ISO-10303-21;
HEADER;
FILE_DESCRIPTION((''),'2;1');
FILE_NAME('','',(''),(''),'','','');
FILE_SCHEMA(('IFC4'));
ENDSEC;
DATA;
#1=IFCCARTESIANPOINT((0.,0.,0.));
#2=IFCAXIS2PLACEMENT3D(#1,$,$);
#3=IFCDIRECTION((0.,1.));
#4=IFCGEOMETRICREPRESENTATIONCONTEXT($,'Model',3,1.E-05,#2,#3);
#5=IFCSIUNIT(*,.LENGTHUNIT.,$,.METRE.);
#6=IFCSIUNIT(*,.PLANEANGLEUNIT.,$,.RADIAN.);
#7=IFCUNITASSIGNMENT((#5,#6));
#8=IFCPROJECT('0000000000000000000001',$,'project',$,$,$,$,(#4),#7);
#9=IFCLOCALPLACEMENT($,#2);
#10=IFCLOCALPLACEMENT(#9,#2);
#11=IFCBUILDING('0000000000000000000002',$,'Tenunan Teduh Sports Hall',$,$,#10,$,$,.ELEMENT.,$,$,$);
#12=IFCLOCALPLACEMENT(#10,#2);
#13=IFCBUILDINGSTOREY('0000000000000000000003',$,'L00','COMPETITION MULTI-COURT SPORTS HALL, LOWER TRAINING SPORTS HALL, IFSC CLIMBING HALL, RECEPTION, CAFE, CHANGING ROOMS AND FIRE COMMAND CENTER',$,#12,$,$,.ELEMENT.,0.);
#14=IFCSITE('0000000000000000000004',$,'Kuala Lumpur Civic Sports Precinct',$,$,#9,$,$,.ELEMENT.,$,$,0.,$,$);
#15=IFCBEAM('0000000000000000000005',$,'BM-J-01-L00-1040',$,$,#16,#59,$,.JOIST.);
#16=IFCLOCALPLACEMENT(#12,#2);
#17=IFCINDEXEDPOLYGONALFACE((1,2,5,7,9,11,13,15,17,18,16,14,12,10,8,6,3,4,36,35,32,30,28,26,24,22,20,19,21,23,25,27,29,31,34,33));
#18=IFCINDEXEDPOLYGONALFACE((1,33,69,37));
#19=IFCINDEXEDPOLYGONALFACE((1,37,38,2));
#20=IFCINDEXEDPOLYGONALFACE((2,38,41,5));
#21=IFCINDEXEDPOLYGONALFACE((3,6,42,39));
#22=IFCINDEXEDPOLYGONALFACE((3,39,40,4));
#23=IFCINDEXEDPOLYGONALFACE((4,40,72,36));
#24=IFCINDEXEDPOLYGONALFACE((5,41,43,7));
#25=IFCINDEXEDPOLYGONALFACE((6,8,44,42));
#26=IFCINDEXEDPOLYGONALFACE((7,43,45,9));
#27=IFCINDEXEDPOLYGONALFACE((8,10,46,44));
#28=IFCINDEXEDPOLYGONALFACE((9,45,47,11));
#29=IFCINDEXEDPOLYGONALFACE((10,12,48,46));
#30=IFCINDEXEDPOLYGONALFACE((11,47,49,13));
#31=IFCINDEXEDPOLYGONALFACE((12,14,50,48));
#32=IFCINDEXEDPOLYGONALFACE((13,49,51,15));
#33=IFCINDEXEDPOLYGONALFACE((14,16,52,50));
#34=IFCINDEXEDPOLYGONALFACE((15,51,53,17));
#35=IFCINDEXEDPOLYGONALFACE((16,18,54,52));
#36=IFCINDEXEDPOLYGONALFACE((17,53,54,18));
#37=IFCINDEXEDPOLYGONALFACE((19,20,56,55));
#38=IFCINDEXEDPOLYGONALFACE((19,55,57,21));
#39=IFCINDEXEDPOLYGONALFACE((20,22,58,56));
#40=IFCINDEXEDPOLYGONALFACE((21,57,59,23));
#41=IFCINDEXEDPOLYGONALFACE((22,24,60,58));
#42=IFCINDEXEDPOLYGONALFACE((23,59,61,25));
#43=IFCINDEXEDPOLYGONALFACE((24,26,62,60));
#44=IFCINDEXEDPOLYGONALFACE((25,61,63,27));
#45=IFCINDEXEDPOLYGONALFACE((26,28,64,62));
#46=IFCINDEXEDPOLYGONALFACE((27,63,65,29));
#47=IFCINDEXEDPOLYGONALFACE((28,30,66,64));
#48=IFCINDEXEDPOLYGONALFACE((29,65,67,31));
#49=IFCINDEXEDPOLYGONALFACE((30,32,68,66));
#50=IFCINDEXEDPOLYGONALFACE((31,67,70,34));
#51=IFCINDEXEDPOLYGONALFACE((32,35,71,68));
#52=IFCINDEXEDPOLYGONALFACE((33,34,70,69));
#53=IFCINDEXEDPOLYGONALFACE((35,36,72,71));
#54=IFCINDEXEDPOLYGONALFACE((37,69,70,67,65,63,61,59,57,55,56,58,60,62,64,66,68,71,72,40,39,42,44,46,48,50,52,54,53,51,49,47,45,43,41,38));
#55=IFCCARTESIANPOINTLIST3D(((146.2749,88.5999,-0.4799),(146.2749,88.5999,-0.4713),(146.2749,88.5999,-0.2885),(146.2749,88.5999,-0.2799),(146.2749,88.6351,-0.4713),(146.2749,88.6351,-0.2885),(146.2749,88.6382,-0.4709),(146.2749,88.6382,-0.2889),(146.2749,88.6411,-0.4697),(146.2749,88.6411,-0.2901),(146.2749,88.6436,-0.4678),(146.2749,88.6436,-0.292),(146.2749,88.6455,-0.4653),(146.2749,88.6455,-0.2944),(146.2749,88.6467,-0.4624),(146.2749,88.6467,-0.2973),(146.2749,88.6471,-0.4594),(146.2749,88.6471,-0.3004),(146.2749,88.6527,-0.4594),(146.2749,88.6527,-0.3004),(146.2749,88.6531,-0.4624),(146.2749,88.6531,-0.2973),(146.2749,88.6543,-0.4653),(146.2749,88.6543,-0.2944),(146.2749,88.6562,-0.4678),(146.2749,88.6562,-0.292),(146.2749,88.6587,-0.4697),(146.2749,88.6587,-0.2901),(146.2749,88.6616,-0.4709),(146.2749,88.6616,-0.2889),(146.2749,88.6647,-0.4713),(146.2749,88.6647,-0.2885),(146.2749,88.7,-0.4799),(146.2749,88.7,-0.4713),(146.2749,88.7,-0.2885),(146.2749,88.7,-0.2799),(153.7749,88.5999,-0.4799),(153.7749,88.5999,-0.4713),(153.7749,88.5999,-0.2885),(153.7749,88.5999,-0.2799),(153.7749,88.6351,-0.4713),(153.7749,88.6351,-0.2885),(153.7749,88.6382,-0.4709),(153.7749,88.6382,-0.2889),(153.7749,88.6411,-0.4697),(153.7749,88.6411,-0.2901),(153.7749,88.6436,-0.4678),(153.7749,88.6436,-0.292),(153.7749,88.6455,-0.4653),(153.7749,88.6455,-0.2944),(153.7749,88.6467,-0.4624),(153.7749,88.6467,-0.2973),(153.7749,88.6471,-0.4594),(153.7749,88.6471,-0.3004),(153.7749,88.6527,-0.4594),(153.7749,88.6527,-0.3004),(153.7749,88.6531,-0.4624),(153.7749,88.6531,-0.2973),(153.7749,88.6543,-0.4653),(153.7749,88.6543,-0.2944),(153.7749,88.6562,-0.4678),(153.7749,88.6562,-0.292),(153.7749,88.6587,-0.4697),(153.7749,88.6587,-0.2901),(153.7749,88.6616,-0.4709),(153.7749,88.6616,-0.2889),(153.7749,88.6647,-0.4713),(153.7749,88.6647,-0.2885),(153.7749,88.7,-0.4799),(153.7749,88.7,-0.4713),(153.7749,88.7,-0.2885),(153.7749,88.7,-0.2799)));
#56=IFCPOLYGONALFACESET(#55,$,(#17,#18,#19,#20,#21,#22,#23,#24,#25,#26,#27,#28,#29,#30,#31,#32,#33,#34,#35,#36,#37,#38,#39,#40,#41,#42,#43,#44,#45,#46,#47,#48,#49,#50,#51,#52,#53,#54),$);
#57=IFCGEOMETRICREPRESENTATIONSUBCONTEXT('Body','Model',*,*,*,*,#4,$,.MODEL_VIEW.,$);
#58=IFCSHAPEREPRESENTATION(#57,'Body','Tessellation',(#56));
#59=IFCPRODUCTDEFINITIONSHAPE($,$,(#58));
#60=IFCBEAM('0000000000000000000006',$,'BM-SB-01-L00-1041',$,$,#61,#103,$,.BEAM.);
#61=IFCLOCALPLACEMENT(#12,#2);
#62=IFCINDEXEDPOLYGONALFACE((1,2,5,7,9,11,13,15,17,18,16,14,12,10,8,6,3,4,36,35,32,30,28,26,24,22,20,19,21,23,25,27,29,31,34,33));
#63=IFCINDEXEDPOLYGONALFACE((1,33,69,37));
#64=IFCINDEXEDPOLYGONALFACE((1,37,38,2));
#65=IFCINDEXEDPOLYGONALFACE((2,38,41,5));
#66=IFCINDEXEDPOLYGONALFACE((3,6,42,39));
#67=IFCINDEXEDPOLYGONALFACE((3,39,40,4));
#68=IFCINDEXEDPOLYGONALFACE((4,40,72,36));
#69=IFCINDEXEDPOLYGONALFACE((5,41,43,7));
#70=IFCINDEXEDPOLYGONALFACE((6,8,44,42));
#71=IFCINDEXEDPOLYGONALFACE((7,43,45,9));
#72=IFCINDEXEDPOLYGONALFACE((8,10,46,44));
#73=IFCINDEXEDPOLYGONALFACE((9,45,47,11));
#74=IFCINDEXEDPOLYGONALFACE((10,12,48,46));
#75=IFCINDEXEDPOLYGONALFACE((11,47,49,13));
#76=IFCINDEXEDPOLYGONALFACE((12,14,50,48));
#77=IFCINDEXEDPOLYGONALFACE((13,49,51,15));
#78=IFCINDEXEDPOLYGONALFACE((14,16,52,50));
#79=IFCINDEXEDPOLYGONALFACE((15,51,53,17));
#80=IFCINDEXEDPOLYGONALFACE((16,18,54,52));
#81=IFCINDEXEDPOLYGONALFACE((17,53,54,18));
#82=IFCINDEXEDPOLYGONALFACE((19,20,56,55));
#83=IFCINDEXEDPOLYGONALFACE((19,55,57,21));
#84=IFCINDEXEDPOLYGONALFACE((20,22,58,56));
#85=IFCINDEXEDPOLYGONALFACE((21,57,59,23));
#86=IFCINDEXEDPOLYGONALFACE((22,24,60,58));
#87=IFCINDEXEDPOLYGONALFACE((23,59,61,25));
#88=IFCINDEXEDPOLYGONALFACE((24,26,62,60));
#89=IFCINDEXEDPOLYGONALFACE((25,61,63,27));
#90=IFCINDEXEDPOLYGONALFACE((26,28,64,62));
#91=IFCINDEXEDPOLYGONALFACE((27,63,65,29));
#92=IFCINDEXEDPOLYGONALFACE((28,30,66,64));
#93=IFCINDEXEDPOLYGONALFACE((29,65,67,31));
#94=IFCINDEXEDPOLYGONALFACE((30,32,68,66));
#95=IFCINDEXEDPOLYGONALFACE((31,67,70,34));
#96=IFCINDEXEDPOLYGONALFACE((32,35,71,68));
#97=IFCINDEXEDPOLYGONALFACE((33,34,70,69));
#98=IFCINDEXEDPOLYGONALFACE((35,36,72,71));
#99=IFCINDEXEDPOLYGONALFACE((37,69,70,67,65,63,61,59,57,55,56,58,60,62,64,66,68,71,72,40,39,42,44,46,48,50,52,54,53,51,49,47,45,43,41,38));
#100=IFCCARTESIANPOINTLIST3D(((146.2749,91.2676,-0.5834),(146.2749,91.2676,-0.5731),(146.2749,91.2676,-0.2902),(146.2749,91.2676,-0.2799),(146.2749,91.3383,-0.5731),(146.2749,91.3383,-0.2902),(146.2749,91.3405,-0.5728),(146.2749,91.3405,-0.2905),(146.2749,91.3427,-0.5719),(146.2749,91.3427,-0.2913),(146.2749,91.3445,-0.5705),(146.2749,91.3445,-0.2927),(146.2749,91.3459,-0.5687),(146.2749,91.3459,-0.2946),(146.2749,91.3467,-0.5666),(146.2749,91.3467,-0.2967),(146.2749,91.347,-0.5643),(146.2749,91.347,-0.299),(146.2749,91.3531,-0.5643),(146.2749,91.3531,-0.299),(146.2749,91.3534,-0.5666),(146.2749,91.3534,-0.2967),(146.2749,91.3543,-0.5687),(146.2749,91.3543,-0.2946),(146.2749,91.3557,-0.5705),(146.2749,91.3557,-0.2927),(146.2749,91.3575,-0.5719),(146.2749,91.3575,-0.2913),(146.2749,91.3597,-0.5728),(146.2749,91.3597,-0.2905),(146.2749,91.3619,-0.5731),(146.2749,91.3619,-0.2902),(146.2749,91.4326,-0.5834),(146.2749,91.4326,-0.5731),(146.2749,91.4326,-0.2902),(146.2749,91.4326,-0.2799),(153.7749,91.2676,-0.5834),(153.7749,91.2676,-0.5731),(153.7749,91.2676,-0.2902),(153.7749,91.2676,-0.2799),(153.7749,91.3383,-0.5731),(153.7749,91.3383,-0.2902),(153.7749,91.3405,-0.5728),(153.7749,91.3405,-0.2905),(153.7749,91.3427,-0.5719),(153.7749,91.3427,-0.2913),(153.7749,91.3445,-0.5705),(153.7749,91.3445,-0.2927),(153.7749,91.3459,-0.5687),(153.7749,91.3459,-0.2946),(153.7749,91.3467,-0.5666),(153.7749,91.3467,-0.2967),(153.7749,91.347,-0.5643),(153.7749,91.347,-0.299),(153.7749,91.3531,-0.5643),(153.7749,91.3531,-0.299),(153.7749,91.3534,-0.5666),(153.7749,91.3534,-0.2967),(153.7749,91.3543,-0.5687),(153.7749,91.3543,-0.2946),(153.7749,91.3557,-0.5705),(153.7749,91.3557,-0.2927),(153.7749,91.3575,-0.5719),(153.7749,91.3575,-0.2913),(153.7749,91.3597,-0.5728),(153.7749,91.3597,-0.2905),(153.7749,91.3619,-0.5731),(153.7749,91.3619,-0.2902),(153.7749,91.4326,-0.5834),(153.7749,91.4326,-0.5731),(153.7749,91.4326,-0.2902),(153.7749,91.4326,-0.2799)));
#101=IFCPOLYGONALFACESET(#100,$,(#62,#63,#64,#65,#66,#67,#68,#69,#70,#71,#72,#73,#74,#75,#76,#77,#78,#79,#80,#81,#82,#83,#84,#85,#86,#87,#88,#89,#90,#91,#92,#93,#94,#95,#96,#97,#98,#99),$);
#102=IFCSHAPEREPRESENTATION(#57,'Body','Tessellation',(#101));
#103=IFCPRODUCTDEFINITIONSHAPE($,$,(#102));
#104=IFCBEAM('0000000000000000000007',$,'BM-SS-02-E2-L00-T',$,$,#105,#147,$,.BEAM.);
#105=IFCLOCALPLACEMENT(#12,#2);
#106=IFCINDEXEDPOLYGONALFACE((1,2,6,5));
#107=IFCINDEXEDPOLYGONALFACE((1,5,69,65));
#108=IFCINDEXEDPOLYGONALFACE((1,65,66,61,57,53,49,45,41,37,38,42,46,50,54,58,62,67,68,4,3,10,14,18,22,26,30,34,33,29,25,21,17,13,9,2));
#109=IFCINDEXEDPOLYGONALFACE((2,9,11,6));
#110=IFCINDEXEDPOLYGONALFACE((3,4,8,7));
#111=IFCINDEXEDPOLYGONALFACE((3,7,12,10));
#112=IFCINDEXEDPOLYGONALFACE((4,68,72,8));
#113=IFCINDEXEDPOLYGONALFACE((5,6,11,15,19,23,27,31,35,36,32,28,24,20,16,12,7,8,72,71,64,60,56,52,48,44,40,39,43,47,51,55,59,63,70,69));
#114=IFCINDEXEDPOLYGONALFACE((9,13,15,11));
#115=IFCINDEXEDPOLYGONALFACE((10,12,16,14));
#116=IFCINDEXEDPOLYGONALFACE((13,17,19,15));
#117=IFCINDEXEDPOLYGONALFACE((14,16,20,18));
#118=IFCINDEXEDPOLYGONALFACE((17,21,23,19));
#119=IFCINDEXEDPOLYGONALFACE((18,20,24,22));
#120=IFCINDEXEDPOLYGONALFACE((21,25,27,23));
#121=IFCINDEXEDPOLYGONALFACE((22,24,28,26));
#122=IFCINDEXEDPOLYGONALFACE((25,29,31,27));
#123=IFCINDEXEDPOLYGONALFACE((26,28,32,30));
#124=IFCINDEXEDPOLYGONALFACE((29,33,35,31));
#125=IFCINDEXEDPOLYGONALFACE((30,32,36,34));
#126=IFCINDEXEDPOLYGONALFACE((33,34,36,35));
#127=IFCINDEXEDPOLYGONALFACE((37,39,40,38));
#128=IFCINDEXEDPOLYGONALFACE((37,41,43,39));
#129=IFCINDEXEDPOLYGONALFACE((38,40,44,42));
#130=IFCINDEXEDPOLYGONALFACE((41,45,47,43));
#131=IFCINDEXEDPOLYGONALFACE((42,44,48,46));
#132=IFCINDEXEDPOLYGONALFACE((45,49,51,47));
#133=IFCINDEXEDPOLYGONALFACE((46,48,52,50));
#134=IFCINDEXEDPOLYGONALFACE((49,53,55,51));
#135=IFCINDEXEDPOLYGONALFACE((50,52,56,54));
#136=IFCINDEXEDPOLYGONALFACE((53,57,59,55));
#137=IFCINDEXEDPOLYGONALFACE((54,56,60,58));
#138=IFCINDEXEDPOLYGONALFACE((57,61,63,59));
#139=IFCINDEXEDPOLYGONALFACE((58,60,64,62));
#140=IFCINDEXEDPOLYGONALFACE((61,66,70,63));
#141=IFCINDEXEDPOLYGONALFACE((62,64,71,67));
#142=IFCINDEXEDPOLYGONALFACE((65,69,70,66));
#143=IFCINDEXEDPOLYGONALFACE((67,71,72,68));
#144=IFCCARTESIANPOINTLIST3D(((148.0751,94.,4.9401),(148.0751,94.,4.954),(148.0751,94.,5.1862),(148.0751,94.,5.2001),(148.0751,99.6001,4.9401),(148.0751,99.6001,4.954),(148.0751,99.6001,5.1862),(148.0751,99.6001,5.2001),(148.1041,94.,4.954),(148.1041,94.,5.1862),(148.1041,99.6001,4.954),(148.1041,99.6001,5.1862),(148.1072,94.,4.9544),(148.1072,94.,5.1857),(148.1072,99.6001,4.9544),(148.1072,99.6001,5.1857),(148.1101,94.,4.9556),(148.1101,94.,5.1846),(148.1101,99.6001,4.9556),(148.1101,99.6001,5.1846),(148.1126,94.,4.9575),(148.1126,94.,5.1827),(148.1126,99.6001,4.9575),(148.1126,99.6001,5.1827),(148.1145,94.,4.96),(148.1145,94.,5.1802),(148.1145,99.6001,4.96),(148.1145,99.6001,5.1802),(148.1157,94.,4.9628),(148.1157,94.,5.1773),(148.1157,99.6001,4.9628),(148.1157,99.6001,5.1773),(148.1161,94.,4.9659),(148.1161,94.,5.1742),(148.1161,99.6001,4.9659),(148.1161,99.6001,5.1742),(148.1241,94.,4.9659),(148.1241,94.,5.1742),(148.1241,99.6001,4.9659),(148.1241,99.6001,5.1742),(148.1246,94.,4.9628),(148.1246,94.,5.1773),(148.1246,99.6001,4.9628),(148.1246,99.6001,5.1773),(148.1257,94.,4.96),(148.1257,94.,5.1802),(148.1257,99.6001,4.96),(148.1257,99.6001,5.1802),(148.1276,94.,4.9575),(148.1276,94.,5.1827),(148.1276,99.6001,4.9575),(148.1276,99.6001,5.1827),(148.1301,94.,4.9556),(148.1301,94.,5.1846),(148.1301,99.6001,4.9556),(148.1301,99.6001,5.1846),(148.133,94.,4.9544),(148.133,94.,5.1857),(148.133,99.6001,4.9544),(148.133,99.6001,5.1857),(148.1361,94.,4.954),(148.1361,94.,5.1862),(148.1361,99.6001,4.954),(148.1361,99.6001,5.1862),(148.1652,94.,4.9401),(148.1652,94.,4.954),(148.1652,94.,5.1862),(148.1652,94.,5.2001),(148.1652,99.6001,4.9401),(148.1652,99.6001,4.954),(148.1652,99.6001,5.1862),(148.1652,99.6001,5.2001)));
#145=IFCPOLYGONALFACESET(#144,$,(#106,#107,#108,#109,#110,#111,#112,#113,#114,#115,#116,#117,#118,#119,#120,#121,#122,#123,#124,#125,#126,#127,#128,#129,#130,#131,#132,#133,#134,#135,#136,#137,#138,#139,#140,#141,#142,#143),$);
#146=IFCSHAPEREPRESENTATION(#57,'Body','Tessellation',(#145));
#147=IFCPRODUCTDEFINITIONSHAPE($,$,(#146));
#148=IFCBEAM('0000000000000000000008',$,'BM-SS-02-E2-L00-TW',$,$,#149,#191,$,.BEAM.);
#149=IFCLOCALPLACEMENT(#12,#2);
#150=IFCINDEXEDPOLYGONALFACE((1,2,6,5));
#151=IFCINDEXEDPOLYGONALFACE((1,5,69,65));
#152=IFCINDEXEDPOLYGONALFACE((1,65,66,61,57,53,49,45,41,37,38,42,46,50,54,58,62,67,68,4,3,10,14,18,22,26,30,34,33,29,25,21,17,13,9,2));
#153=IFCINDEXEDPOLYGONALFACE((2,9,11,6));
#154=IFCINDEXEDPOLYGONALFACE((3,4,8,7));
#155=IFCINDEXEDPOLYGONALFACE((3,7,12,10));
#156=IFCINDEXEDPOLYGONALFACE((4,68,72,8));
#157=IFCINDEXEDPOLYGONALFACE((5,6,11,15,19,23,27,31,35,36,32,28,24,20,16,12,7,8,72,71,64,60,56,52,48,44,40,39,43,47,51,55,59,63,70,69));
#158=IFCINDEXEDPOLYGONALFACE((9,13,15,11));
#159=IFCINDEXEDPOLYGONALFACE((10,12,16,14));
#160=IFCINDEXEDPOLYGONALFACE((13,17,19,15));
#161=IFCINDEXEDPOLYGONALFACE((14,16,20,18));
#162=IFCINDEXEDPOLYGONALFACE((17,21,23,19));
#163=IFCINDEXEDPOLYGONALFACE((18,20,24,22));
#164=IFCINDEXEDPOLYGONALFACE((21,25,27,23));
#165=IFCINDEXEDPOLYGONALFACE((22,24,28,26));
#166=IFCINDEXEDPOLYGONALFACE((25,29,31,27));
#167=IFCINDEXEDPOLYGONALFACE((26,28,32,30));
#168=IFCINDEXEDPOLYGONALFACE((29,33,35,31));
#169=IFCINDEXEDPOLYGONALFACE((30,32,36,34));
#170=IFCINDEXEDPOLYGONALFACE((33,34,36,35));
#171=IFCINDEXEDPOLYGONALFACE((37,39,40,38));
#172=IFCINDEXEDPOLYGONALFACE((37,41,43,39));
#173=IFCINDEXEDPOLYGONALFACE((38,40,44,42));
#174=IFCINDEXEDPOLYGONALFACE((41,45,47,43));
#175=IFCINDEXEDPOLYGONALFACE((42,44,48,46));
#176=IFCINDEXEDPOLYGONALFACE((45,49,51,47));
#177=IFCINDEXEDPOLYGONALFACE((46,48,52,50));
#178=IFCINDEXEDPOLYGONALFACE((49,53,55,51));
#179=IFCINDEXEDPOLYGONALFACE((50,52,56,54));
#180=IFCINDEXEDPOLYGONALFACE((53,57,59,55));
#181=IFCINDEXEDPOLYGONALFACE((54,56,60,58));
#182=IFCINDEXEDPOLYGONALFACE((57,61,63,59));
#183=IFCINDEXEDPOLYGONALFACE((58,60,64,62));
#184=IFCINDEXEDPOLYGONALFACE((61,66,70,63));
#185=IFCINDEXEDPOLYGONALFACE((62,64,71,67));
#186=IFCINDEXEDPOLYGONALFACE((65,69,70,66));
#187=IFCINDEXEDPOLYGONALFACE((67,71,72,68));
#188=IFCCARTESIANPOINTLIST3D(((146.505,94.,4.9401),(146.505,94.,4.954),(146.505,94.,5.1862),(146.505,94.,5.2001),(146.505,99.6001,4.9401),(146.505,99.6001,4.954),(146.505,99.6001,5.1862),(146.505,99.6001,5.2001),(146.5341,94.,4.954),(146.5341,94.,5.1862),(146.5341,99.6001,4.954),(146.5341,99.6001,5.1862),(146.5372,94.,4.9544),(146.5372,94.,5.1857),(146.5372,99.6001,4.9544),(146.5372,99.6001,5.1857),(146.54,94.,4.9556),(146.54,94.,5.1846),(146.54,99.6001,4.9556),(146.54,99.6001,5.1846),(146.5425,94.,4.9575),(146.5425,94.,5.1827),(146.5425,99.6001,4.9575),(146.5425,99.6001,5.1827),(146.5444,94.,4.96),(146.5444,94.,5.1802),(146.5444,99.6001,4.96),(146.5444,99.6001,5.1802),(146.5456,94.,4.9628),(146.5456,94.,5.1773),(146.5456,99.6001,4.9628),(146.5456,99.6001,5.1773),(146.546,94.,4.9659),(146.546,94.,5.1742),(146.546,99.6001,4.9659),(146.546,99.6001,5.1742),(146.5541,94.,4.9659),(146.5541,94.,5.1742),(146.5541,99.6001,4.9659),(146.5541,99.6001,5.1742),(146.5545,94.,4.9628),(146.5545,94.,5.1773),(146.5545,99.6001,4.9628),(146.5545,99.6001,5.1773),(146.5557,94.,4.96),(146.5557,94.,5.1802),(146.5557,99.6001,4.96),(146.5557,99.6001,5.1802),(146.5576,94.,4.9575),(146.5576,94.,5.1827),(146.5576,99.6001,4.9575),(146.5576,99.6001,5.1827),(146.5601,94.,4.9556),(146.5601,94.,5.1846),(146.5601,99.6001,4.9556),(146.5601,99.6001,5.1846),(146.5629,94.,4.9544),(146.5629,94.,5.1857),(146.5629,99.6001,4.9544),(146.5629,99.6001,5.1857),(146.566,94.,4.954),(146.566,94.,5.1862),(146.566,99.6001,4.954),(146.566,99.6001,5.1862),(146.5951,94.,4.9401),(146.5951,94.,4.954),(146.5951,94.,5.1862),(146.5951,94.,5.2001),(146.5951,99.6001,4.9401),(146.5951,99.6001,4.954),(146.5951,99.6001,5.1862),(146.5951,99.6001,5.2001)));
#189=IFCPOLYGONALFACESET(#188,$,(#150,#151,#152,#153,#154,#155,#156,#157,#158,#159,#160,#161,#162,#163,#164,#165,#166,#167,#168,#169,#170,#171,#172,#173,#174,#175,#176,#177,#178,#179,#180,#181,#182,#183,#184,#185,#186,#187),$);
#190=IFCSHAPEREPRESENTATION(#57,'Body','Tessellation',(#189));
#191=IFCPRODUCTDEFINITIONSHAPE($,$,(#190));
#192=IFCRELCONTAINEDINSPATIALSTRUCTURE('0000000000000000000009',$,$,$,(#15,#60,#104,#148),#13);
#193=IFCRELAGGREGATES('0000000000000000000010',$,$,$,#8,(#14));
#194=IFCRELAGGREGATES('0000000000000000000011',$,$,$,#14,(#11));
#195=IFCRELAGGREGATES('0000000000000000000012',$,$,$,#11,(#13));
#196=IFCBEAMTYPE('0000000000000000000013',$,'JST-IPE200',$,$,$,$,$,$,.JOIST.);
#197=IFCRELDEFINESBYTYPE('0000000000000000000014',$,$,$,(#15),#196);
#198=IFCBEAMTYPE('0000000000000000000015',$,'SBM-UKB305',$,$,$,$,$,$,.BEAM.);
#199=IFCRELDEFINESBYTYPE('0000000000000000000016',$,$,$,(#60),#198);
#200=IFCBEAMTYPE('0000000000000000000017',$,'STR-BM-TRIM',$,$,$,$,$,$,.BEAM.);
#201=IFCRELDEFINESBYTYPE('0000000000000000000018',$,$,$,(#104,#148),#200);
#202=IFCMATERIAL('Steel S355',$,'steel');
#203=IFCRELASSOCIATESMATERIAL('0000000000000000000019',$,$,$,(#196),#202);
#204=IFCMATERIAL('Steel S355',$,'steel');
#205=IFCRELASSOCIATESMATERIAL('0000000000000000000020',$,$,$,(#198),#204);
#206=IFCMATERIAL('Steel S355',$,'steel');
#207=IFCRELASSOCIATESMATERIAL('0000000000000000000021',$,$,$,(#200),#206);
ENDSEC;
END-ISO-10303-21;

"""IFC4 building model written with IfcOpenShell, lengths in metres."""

from ifc_helpers import new_model, si_unit, direction, frame, origin, origin_2d, place, context, subcontext, project, spatial, i_section, extrude, material, material_profile, profile_set, type_object, element, save


model = new_model("IFC4")

# Units and contexts
model_context = context("Model", 3, precision=1e-05, world=origin(), true_north=direction((0.0, 1.0)))
body_context = subcontext(model_context, "Body", "Model", "MODEL_VIEW")
ifc_project = project(units=[si_unit("LENGTHUNIT", "METRE"), si_unit("PLANEANGLEUNIT", "RADIAN")], contexts=[model_context])

# Site, building, storey
site_placement = place(None, origin())
site = spatial("IfcSite", under=ifc_project, at=site_placement, Name="Kuala Lumpur Civic Sports Precinct", CompositionType="ELEMENT", RefElevation=0.0)
building_placement = place(site_placement, origin())
building = spatial("IfcBuilding", under=site, at=building_placement, Name="Tenunan Teduh Sports Hall", CompositionType="ELEMENT")
storey_placement = place(building_placement, origin())
storey = spatial("IfcBuildingStorey", under=building, at=storey_placement, Name="L00", Description="COMPETITION MULTI-COURT SPORTS HALL, LOWER TRAINING SPORTS HALL, IFSC CLIMBING HALL, RECEPTION, CAFE, CHANGING ROOMS AND FIRE COMMAND CENTER", CompositionType="ELEMENT", Elevation=0.0)

# Beams
ifc_material_1 = material(Name="Steel S355", Category="steel")
ifc_material_profile_1 = material_profile(ifc_material_1, i_section(OverallWidth=0.1001, OverallDepth=0.2, WebThickness=0.0056, FlangeThickness=0.0085, FilletRadius=0.012, at=origin_2d()), Name="IPE 200")
ifc_profile_set_1 = profile_set([ifc_material_profile_1], Name="Steel S355")
beam_type_1 = type_object("IfcBeamType", Name="JST-IPE200", PredefinedType="JOIST", material=ifc_profile_set_1)
beam_1_placement = place(storey_placement, frame((146.2749, 88.6499, -0.3799), z_axis=(1.0, 0.0, 0.0), x_axis=(0.0, 1.0, 0.0)))
element("IfcBeam", 1, at=beam_1_placement, inside=storey, type_object=beam_type_1, Name="BM-J-01-L00-1040", PredefinedType="JOIST", context=body_context, shape_type="SweptSolid", body=[
    extrude(i_section(OverallWidth=0.1001, OverallDepth=0.2, WebThickness=0.0056, FlangeThickness=0.0085, FilletRadius=0.012, at=origin_2d()), origin(), (0.0, 0.0, 1.0), 7.5),
])
ifc_material_2 = material(Name="Steel S355", Category="steel")
ifc_material_profile_2 = material_profile(ifc_material_2, i_section(OverallWidth=0.165, OverallDepth=0.3035, WebThickness=0.0061, FlangeThickness=0.0103, FilletRadius=0.0088, at=origin_2d()), Name="UKB 305x165x40")
ifc_profile_set_2 = profile_set([ifc_material_profile_2], Name="Steel S355")
beam_type_2 = type_object("IfcBeamType", Name="SBM-UKB305", PredefinedType="BEAM", material=ifc_profile_set_2)
beam_2_placement = place(storey_placement, frame((146.2749, 91.3501, -0.4316), z_axis=(1.0, 0.0, 0.0), x_axis=(0.0, 1.0, 0.0)))
element("IfcBeam", 2, at=beam_2_placement, inside=storey, type_object=beam_type_2, Name="BM-SB-01-L00-1041", PredefinedType="BEAM", context=body_context, shape_type="SweptSolid", body=[
    extrude(i_section(OverallWidth=0.165, OverallDepth=0.3035, WebThickness=0.0061, FlangeThickness=0.0103, FilletRadius=0.0088, at=origin_2d()), origin(), (0.0, 0.0, 1.0), 7.5),
])
ifc_material_3 = material(Name="Steel S355", Category="steel")
ifc_material_profile_3 = material_profile(ifc_material_3, i_section(OverallWidth=0.0901, OverallDepth=0.26, WebThickness=0.0081, FlangeThickness=0.0139, FilletRadius=0.012, at=origin_2d()), Name="PFC 260x90")
ifc_profile_set_3 = profile_set([ifc_material_profile_3], Name="Steel S355")
beam_type_3 = type_object("IfcBeamType", Name="STR-BM-TRIM", PredefinedType="BEAM", material=ifc_profile_set_3)
for number, where, z_axis, x_axis, name in (
    (3, (148.1201, 94.0, 5.0701), (0.0, 1.0, 0.0), (-1.0, 0.0, 0.0), "BM-SS-02-E2-L00-T"),
    (4, (146.55, 94.0, 5.0701), (0.0, 1.0, 0.0), (-1.0, 0.0, 0.0), "BM-SS-02-E2-L00-TW"),
):
    element("IfcBeam", number, at=place(storey_placement, frame(where, z_axis=z_axis, x_axis=x_axis)), inside=storey, type_object=beam_type_3, Name=name, PredefinedType="BEAM", context=body_context, shape_type="SweptSolid", body=[
        extrude(i_section(OverallWidth=0.0901, OverallDepth=0.26, WebThickness=0.0081, FlangeThickness=0.0139, FilletRadius=0.012, at=origin_2d()), origin(), (0.0, 0.0, 1.0), 5.6001),
    ])

save(model, "model.ifc")
